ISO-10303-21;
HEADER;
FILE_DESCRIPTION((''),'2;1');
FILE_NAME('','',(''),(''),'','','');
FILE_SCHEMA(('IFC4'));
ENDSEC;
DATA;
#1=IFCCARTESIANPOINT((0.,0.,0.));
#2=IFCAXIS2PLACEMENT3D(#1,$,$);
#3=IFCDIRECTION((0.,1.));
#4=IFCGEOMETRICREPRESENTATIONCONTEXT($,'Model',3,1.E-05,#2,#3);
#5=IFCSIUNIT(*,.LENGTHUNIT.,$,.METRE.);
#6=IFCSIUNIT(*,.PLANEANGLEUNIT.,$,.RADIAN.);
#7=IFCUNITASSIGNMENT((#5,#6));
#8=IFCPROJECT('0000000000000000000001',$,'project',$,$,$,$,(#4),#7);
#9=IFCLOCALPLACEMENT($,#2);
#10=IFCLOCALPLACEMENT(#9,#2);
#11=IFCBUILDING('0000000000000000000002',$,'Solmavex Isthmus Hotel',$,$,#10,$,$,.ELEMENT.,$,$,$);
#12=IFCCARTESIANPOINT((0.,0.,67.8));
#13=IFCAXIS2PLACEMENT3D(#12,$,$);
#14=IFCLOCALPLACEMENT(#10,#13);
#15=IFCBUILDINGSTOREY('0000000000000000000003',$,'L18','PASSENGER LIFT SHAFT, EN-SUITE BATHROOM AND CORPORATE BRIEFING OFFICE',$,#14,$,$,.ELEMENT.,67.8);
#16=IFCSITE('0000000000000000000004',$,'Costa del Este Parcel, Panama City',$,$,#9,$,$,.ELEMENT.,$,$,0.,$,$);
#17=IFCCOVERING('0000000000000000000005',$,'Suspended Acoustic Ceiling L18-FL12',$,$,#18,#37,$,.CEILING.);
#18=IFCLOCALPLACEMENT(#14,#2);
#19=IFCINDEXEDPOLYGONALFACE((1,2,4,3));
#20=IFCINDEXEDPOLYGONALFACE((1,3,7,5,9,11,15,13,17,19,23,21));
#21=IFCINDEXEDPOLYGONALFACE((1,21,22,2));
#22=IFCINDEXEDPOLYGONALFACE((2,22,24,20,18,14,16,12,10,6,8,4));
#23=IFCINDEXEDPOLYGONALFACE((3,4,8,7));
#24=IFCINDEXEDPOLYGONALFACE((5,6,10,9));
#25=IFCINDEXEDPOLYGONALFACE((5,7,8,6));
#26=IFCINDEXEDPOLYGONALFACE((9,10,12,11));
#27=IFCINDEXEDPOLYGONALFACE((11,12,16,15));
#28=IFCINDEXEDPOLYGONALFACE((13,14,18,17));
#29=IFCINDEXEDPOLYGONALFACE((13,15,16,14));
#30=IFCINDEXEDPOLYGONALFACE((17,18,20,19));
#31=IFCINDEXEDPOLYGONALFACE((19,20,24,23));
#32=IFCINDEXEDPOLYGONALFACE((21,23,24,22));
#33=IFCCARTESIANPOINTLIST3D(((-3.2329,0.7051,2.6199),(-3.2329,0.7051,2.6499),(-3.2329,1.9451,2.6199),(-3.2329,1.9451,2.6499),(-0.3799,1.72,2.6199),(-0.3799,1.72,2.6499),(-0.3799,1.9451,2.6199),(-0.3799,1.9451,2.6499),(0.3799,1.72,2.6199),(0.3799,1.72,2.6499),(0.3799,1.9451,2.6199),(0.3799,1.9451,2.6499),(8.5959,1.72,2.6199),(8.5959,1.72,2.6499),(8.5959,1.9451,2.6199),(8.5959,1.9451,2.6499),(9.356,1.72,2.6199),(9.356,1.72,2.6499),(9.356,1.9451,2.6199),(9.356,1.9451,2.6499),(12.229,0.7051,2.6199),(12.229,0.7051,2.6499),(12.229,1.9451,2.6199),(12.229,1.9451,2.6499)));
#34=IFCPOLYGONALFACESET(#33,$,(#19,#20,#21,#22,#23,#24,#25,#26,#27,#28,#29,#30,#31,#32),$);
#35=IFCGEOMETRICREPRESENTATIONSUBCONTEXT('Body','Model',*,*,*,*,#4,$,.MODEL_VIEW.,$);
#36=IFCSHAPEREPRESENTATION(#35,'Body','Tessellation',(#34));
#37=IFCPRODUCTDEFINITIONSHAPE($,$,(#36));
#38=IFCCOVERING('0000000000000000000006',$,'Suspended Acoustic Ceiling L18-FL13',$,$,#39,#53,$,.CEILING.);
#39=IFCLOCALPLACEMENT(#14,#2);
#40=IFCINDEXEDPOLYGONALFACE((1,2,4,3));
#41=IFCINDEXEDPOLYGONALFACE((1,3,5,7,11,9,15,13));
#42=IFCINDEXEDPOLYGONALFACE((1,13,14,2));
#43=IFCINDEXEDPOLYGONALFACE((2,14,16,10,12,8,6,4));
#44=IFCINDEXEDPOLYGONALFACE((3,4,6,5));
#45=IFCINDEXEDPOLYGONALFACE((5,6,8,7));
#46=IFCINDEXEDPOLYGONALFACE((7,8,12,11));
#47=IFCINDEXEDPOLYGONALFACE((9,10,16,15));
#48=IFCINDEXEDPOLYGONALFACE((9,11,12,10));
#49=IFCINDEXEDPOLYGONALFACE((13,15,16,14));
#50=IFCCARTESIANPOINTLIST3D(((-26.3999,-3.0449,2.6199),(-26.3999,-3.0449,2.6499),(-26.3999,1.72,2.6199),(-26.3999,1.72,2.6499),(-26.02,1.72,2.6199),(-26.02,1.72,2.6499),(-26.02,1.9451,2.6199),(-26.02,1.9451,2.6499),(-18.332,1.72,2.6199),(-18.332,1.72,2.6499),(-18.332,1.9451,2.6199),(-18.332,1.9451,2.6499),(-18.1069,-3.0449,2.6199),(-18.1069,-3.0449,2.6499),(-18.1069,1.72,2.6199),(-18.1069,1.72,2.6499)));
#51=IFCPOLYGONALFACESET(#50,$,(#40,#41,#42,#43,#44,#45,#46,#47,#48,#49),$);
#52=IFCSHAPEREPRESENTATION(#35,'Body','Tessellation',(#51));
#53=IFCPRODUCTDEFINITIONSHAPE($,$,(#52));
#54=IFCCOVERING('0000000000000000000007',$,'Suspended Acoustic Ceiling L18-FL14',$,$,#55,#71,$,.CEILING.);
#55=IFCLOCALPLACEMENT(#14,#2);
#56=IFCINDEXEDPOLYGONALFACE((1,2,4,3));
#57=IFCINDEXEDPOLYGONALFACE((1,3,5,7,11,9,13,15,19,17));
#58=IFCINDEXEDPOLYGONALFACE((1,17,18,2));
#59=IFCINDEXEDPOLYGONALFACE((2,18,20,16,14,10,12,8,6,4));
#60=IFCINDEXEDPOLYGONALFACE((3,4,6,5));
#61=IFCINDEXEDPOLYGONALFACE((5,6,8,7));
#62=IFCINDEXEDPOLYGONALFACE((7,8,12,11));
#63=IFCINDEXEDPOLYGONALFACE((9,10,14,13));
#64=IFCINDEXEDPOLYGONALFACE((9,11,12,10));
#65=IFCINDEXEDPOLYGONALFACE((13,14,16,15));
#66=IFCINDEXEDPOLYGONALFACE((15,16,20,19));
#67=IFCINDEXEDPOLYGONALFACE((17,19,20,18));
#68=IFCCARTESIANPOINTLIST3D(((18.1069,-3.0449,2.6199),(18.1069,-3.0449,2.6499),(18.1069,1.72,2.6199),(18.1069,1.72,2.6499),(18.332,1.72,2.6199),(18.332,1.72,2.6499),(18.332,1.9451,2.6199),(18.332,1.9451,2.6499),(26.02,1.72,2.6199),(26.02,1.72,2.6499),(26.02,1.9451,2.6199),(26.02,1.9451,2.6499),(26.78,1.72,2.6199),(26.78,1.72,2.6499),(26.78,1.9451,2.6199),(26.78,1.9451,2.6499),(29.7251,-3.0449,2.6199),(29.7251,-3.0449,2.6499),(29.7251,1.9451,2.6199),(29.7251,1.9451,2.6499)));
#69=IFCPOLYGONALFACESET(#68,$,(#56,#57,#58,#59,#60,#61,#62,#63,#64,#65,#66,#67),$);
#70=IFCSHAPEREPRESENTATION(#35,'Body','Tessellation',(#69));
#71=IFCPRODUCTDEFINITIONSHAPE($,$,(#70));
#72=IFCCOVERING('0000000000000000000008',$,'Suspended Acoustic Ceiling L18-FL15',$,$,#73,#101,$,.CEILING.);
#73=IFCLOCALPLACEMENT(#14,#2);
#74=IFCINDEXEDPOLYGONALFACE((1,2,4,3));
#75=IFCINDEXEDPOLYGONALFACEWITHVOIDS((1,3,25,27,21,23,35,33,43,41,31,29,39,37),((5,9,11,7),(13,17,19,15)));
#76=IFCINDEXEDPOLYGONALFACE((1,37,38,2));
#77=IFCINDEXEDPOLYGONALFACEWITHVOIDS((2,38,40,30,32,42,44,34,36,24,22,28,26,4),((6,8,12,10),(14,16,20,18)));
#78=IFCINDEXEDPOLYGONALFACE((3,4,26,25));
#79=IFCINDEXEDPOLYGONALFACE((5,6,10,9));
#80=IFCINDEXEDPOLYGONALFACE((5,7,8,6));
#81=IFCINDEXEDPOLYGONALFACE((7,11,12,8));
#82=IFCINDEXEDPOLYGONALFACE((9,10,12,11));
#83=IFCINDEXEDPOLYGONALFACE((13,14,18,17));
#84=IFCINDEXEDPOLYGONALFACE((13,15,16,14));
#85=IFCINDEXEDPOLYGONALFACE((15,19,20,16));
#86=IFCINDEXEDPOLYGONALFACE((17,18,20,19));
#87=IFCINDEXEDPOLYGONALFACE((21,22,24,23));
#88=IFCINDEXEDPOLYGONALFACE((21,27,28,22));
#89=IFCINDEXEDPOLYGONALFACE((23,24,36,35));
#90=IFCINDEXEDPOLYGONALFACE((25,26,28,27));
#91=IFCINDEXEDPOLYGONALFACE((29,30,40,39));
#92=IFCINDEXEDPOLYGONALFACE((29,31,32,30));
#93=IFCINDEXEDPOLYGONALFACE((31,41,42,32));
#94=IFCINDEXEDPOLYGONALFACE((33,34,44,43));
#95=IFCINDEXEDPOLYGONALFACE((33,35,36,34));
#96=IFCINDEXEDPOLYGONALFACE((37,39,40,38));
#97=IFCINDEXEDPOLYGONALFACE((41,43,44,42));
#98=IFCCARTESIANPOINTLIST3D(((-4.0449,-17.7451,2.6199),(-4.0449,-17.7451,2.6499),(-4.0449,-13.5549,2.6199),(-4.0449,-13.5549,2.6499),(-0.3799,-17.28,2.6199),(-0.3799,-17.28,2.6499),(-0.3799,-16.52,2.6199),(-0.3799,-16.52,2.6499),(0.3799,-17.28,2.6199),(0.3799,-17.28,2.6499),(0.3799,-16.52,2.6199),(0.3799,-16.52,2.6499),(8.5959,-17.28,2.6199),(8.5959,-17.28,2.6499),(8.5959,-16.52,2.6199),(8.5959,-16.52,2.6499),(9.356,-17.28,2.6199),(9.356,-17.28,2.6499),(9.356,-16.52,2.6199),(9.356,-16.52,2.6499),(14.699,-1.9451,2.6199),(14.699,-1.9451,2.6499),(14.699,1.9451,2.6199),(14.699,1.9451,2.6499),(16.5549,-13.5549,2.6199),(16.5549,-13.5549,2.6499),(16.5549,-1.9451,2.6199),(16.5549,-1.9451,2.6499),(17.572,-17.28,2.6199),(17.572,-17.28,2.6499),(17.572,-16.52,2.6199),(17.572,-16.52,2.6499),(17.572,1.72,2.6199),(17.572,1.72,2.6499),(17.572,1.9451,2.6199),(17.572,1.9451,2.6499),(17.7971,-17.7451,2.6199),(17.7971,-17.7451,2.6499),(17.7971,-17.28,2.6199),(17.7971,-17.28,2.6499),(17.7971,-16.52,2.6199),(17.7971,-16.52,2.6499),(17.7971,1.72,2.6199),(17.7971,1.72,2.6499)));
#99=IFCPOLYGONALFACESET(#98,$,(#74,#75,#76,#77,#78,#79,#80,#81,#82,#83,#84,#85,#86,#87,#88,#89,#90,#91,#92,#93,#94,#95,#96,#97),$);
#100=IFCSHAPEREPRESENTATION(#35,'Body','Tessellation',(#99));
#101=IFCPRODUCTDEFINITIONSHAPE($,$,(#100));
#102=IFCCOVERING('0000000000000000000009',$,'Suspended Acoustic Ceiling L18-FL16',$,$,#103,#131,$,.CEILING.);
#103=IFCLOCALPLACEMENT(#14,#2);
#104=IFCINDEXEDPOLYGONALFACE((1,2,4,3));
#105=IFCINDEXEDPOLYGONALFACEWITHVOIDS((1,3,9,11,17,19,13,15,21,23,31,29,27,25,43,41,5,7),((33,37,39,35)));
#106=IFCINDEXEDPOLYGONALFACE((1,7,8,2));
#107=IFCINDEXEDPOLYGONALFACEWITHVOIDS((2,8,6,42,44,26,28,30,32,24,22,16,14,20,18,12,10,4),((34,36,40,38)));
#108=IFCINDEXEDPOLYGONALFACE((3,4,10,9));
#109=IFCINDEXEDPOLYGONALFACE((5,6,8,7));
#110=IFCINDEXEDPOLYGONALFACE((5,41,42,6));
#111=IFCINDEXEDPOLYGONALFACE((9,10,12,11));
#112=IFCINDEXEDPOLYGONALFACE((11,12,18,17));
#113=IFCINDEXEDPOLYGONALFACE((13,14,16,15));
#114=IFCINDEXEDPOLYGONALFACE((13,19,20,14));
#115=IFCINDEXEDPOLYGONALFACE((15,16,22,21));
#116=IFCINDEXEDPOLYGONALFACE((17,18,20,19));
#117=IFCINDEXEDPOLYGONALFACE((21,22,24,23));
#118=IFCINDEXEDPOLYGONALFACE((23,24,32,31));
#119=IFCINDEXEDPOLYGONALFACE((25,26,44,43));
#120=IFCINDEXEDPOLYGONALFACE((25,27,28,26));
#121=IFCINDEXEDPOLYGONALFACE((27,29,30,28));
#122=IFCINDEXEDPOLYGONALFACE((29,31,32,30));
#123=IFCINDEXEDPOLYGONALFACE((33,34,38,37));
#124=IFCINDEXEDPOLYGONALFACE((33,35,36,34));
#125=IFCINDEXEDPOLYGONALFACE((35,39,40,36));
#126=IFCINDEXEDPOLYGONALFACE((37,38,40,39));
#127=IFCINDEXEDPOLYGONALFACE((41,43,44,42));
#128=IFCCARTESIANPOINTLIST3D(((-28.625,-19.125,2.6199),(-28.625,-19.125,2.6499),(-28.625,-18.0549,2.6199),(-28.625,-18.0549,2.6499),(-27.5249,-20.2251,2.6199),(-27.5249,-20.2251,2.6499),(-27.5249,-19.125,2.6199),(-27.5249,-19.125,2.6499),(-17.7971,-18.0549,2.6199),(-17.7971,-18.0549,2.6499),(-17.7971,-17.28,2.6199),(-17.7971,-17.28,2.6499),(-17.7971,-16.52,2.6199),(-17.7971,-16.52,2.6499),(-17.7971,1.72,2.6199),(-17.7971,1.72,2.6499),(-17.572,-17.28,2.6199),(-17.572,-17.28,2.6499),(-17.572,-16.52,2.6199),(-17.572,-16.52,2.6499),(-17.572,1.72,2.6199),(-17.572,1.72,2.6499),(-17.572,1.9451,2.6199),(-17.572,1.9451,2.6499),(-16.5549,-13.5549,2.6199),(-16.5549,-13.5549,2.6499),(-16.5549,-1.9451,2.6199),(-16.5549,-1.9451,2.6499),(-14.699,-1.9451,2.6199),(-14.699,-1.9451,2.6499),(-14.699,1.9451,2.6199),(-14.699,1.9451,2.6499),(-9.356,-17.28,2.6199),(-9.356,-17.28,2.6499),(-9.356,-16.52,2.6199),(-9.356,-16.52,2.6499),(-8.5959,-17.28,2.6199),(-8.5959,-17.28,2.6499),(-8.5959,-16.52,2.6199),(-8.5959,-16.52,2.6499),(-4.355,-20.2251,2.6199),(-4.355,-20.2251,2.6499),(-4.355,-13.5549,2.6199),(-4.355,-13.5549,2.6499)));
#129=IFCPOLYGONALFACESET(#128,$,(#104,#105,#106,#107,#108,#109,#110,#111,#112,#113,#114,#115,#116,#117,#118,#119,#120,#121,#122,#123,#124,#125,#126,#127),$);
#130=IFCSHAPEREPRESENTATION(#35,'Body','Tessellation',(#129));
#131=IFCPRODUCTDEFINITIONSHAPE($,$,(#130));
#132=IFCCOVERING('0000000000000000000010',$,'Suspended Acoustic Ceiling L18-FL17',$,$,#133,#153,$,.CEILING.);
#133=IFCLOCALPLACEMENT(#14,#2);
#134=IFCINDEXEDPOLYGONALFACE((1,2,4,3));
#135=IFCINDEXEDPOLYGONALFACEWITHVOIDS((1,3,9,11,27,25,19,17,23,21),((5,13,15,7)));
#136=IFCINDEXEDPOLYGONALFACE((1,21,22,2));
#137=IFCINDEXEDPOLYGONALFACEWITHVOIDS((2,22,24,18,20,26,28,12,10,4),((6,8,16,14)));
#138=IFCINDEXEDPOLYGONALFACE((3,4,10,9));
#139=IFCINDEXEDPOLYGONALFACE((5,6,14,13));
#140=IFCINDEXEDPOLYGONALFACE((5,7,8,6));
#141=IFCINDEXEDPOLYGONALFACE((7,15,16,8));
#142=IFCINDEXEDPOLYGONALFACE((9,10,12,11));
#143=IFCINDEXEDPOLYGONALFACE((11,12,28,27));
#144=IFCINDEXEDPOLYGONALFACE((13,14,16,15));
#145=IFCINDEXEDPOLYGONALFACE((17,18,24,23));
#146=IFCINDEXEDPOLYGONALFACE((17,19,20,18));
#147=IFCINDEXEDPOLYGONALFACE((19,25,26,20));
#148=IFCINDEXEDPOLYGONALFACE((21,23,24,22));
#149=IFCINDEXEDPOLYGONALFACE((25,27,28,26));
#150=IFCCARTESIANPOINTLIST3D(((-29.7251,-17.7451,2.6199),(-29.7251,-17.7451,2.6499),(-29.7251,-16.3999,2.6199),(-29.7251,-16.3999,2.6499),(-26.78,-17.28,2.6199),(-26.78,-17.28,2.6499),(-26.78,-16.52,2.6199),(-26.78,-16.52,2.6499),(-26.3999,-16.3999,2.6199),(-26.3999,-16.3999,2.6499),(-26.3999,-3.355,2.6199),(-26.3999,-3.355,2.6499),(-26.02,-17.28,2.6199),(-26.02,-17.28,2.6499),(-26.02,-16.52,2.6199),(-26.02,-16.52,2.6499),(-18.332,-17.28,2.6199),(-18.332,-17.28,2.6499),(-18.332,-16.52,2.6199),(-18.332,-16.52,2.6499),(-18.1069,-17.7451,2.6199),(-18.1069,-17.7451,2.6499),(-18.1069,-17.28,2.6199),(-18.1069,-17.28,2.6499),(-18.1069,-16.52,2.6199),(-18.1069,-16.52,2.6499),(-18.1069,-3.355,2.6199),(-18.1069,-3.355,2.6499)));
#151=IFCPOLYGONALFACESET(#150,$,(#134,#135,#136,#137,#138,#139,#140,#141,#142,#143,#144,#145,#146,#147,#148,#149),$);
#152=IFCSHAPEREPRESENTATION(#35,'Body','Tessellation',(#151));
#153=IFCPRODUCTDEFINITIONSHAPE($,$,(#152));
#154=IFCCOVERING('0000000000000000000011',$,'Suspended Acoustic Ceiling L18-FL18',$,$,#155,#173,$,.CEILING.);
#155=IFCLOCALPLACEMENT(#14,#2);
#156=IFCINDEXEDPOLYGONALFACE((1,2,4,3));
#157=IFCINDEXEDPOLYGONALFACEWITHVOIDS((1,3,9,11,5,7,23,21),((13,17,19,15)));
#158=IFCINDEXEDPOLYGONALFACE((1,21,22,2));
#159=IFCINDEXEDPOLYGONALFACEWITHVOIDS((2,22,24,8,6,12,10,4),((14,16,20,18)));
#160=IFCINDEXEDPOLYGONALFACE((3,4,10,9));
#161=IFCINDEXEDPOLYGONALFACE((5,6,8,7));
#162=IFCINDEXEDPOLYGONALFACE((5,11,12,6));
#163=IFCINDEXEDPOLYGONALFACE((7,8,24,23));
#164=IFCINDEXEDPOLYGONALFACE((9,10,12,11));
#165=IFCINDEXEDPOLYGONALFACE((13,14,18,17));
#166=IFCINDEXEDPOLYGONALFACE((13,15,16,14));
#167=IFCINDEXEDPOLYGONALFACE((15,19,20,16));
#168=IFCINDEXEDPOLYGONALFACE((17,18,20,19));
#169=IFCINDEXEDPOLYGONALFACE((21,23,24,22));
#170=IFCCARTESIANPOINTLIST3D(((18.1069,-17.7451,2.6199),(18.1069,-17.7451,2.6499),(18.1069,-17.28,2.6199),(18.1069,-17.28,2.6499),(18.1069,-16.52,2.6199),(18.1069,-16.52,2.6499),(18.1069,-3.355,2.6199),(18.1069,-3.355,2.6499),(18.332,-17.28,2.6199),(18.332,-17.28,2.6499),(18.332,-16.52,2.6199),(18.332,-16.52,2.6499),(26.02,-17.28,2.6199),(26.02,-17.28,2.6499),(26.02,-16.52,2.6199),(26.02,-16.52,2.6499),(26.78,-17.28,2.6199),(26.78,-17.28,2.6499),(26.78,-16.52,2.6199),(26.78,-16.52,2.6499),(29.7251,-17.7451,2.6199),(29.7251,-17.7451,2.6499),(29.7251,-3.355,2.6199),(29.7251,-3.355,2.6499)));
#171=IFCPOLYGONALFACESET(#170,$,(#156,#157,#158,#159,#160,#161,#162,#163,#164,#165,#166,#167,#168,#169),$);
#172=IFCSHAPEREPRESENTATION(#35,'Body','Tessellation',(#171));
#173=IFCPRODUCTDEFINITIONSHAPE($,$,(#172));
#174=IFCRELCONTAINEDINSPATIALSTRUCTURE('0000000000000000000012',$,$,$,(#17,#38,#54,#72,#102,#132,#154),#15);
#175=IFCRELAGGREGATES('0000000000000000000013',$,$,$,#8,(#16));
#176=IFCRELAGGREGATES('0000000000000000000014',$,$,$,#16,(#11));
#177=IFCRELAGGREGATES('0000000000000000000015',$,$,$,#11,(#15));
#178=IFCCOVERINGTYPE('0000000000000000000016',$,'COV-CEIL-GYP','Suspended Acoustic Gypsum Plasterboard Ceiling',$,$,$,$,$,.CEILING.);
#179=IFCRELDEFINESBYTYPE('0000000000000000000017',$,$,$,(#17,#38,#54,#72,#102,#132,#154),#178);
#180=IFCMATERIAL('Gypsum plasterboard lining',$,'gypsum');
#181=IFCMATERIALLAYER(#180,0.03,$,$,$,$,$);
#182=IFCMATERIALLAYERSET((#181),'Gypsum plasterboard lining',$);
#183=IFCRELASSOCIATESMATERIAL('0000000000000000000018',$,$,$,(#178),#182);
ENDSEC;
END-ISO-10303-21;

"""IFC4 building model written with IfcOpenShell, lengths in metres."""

from ifc_helpers import new_model, si_unit, direction, frame, origin, place, context, subcontext, project, spatial, polyline, outline, extrude, material, layer, layer_set, type_object, element, save


model = new_model("IFC4")

# Units and contexts
model_context = context("Model", 3, precision=1e-05, world=origin(), true_north=direction((0.0, 1.0)))
body_context = subcontext(model_context, "Body", "Model", "MODEL_VIEW")
ifc_project = project(units=[si_unit("LENGTHUNIT", "METRE"), si_unit("PLANEANGLEUNIT", "RADIAN")], contexts=[model_context])

# Site, building, storey
site_placement = place(None, origin())
site = spatial("IfcSite", under=ifc_project, at=site_placement, Name="Costa del Este Parcel, Panama City", CompositionType="ELEMENT", RefElevation=0.0)
building_placement = place(site_placement, origin())
building = spatial("IfcBuilding", under=site, at=building_placement, Name="Solmavex Isthmus Hotel", CompositionType="ELEMENT")
storey_placement = place(building_placement, frame((0.0, 0.0, 67.8)))
storey = spatial("IfcBuildingStorey", under=building, at=storey_placement, Name="L18", Description="PASSENGER LIFT SHAFT, EN-SUITE BATHROOM AND CORPORATE BRIEFING OFFICE", CompositionType="ELEMENT", Elevation=67.8)

# Shared definitions
ifc_material_1 = material(Name="Gypsum plasterboard lining", Category="gypsum")

# Coverings
ifc_layer_1 = layer(ifc_material_1, 0.03)
ifc_layer_set_1 = layer_set([ifc_layer_1], Name="Gypsum plasterboard lining")
covering_type_1 = type_object("IfcCoveringType", Name="COV-CEIL-GYP", Description="Suspended Acoustic Gypsum Plasterboard Ceiling", PredefinedType="CEILING", material=ifc_layer_set_1)
covering_1_placement = place(storey_placement, frame((0.0, 0.0, 2.6199)))
element("IfcCovering", 1, at=covering_1_placement, inside=storey, type_object=covering_type_1, Name="Suspended Acoustic Ceiling L18-FL12", PredefinedType="CEILING", context=body_context, shape_type="SweptSolid", body=[
    extrude(outline(polyline([(0.3799, 1.9451), (0.3799, 1.72), (-0.3799, 1.72), (-0.3799, 1.9451), (-3.2329, 1.9451), (-3.2329, 0.7051), (12.229, 0.7051), (12.229, 1.9451), (9.356, 1.9451), (9.356, 1.72), (8.5959, 1.72), (8.5959, 1.9451), (0.3799, 1.9451)])), origin(), (0.0, 0.0, 1.0), 0.03),
])
covering_2_placement = place(storey_placement, frame((0.0, 0.0, 2.6199)))
element("IfcCovering", 2, at=covering_2_placement, inside=storey, type_object=covering_type_1, Name="Suspended Acoustic Ceiling L18-FL13", PredefinedType="CEILING", context=body_context, shape_type="SweptSolid", body=[
    extrude(outline(polyline([(-26.02, 1.9451), (-26.02, 1.72), (-26.3999, 1.72), (-26.3999, -3.0449), (-18.1069, -3.0449), (-18.1069, 1.72), (-18.332, 1.72), (-18.332, 1.9451), (-26.02, 1.9451)])), origin(), (0.0, 0.0, 1.0), 0.03),
])
covering_3_placement = place(storey_placement, frame((0.0, 0.0, 2.6199)))
element("IfcCovering", 3, at=covering_3_placement, inside=storey, type_object=covering_type_1, Name="Suspended Acoustic Ceiling L18-FL14", PredefinedType="CEILING", context=body_context, shape_type="SweptSolid", body=[
    extrude(outline(polyline([(26.78, 1.9451), (26.78, 1.72), (26.02, 1.72), (26.02, 1.9451), (18.332, 1.9451), (18.332, 1.72), (18.1069, 1.72), (18.1069, -3.0449), (29.7251, -3.0449), (29.7251, 1.9451), (26.78, 1.9451)])), origin(), (0.0, 0.0, 1.0), 0.03),
])
covering_4_placement = place(storey_placement, frame((0.0, 0.0, 2.6199)))
element("IfcCovering", 4, at=covering_4_placement, inside=storey, type_object=covering_type_1, Name="Suspended Acoustic Ceiling L18-FL15", PredefinedType="CEILING", context=body_context, shape_type="SweptSolid", body=[
    extrude(outline(polyline([(17.7971, 1.72), (17.572, 1.72), (17.572, 1.9451), (14.699, 1.9451), (14.699, -1.9451), (16.5549, -1.9451), (16.5549, -13.5549), (-4.0449, -13.5549), (-4.0449, -17.7451), (17.7971, -17.7451), (17.7971, -17.28), (17.572, -17.28), (17.572, -16.52), (17.7971, -16.52), (17.7971, 1.72)]), holes=[polyline([(8.5959, -17.28), (8.5959, -16.52), (9.356, -16.52), (9.356, -17.28), (8.5959, -17.28)]), polyline([(-0.3799, -17.28), (-0.3799, -16.52), (0.3799, -16.52), (0.3799, -17.28), (-0.3799, -17.28)])]), origin(), (0.0, 0.0, 1.0), 0.03),
])
covering_5_placement = place(storey_placement, frame((0.0, 0.0, 2.6199)))
element("IfcCovering", 5, at=covering_5_placement, inside=storey, type_object=covering_type_1, Name="Suspended Acoustic Ceiling L18-FL16", PredefinedType="CEILING", context=body_context, shape_type="SweptSolid", body=[
    extrude(outline(polyline([(-28.625, -18.0549), (-28.625, -19.125), (-27.5249, -19.125), (-27.5249, -20.2251), (-4.355, -20.2251), (-4.355, -13.5549), (-16.5549, -13.5549), (-16.5549, -1.9451), (-14.699, -1.9451), (-14.699, 1.9451), (-17.572, 1.9451), (-17.572, 1.72), (-17.7971, 1.72), (-17.7971, -16.52), (-17.572, -16.52), (-17.572, -17.28), (-17.7971, -17.28), (-17.7971, -18.0549), (-28.625, -18.0549)]), holes=[polyline([(-9.356, -17.28), (-9.356, -16.52), (-8.5959, -16.52), (-8.5959, -17.28), (-9.356, -17.28)])]), origin(), (0.0, 0.0, 1.0), 0.03),
])
covering_6_placement = place(storey_placement, frame((0.0, 0.0, 2.6199)))
element("IfcCovering", 6, at=covering_6_placement, inside=storey, type_object=covering_type_1, Name="Suspended Acoustic Ceiling L18-FL17", PredefinedType="CEILING", context=body_context, shape_type="SweptSolid", body=[
    extrude(outline(polyline([(-18.1069, -17.28), (-18.332, -17.28), (-18.332, -16.52), (-18.1069, -16.52), (-18.1069, -3.355), (-26.3999, -3.355), (-26.3999, -16.3999), (-29.7251, -16.3999), (-29.7251, -17.7451), (-18.1069, -17.7451), (-18.1069, -17.28)]), holes=[polyline([(-26.78, -17.28), (-26.78, -16.52), (-26.02, -16.52), (-26.02, -17.28), (-26.78, -17.28)])]), origin(), (0.0, 0.0, 1.0), 0.03),
])
covering_7_placement = place(storey_placement, frame((0.0, 0.0, 2.6199)))
element("IfcCovering", 7, at=covering_7_placement, inside=storey, type_object=covering_type_1, Name="Suspended Acoustic Ceiling L18-FL18", PredefinedType="CEILING", context=body_context, shape_type="SweptSolid", body=[
    extrude(outline(polyline([(18.1069, -16.52), (18.332, -16.52), (18.332, -17.28), (18.1069, -17.28), (18.1069, -17.7451), (29.7251, -17.7451), (29.7251, -3.355), (18.1069, -3.355), (18.1069, -16.52)]), holes=[polyline([(26.02, -17.28), (26.02, -16.52), (26.78, -16.52), (26.78, -17.28), (26.02, -17.28)])]), origin(), (0.0, 0.0, 1.0), 0.03),
])

save(model, "model.ifc")
